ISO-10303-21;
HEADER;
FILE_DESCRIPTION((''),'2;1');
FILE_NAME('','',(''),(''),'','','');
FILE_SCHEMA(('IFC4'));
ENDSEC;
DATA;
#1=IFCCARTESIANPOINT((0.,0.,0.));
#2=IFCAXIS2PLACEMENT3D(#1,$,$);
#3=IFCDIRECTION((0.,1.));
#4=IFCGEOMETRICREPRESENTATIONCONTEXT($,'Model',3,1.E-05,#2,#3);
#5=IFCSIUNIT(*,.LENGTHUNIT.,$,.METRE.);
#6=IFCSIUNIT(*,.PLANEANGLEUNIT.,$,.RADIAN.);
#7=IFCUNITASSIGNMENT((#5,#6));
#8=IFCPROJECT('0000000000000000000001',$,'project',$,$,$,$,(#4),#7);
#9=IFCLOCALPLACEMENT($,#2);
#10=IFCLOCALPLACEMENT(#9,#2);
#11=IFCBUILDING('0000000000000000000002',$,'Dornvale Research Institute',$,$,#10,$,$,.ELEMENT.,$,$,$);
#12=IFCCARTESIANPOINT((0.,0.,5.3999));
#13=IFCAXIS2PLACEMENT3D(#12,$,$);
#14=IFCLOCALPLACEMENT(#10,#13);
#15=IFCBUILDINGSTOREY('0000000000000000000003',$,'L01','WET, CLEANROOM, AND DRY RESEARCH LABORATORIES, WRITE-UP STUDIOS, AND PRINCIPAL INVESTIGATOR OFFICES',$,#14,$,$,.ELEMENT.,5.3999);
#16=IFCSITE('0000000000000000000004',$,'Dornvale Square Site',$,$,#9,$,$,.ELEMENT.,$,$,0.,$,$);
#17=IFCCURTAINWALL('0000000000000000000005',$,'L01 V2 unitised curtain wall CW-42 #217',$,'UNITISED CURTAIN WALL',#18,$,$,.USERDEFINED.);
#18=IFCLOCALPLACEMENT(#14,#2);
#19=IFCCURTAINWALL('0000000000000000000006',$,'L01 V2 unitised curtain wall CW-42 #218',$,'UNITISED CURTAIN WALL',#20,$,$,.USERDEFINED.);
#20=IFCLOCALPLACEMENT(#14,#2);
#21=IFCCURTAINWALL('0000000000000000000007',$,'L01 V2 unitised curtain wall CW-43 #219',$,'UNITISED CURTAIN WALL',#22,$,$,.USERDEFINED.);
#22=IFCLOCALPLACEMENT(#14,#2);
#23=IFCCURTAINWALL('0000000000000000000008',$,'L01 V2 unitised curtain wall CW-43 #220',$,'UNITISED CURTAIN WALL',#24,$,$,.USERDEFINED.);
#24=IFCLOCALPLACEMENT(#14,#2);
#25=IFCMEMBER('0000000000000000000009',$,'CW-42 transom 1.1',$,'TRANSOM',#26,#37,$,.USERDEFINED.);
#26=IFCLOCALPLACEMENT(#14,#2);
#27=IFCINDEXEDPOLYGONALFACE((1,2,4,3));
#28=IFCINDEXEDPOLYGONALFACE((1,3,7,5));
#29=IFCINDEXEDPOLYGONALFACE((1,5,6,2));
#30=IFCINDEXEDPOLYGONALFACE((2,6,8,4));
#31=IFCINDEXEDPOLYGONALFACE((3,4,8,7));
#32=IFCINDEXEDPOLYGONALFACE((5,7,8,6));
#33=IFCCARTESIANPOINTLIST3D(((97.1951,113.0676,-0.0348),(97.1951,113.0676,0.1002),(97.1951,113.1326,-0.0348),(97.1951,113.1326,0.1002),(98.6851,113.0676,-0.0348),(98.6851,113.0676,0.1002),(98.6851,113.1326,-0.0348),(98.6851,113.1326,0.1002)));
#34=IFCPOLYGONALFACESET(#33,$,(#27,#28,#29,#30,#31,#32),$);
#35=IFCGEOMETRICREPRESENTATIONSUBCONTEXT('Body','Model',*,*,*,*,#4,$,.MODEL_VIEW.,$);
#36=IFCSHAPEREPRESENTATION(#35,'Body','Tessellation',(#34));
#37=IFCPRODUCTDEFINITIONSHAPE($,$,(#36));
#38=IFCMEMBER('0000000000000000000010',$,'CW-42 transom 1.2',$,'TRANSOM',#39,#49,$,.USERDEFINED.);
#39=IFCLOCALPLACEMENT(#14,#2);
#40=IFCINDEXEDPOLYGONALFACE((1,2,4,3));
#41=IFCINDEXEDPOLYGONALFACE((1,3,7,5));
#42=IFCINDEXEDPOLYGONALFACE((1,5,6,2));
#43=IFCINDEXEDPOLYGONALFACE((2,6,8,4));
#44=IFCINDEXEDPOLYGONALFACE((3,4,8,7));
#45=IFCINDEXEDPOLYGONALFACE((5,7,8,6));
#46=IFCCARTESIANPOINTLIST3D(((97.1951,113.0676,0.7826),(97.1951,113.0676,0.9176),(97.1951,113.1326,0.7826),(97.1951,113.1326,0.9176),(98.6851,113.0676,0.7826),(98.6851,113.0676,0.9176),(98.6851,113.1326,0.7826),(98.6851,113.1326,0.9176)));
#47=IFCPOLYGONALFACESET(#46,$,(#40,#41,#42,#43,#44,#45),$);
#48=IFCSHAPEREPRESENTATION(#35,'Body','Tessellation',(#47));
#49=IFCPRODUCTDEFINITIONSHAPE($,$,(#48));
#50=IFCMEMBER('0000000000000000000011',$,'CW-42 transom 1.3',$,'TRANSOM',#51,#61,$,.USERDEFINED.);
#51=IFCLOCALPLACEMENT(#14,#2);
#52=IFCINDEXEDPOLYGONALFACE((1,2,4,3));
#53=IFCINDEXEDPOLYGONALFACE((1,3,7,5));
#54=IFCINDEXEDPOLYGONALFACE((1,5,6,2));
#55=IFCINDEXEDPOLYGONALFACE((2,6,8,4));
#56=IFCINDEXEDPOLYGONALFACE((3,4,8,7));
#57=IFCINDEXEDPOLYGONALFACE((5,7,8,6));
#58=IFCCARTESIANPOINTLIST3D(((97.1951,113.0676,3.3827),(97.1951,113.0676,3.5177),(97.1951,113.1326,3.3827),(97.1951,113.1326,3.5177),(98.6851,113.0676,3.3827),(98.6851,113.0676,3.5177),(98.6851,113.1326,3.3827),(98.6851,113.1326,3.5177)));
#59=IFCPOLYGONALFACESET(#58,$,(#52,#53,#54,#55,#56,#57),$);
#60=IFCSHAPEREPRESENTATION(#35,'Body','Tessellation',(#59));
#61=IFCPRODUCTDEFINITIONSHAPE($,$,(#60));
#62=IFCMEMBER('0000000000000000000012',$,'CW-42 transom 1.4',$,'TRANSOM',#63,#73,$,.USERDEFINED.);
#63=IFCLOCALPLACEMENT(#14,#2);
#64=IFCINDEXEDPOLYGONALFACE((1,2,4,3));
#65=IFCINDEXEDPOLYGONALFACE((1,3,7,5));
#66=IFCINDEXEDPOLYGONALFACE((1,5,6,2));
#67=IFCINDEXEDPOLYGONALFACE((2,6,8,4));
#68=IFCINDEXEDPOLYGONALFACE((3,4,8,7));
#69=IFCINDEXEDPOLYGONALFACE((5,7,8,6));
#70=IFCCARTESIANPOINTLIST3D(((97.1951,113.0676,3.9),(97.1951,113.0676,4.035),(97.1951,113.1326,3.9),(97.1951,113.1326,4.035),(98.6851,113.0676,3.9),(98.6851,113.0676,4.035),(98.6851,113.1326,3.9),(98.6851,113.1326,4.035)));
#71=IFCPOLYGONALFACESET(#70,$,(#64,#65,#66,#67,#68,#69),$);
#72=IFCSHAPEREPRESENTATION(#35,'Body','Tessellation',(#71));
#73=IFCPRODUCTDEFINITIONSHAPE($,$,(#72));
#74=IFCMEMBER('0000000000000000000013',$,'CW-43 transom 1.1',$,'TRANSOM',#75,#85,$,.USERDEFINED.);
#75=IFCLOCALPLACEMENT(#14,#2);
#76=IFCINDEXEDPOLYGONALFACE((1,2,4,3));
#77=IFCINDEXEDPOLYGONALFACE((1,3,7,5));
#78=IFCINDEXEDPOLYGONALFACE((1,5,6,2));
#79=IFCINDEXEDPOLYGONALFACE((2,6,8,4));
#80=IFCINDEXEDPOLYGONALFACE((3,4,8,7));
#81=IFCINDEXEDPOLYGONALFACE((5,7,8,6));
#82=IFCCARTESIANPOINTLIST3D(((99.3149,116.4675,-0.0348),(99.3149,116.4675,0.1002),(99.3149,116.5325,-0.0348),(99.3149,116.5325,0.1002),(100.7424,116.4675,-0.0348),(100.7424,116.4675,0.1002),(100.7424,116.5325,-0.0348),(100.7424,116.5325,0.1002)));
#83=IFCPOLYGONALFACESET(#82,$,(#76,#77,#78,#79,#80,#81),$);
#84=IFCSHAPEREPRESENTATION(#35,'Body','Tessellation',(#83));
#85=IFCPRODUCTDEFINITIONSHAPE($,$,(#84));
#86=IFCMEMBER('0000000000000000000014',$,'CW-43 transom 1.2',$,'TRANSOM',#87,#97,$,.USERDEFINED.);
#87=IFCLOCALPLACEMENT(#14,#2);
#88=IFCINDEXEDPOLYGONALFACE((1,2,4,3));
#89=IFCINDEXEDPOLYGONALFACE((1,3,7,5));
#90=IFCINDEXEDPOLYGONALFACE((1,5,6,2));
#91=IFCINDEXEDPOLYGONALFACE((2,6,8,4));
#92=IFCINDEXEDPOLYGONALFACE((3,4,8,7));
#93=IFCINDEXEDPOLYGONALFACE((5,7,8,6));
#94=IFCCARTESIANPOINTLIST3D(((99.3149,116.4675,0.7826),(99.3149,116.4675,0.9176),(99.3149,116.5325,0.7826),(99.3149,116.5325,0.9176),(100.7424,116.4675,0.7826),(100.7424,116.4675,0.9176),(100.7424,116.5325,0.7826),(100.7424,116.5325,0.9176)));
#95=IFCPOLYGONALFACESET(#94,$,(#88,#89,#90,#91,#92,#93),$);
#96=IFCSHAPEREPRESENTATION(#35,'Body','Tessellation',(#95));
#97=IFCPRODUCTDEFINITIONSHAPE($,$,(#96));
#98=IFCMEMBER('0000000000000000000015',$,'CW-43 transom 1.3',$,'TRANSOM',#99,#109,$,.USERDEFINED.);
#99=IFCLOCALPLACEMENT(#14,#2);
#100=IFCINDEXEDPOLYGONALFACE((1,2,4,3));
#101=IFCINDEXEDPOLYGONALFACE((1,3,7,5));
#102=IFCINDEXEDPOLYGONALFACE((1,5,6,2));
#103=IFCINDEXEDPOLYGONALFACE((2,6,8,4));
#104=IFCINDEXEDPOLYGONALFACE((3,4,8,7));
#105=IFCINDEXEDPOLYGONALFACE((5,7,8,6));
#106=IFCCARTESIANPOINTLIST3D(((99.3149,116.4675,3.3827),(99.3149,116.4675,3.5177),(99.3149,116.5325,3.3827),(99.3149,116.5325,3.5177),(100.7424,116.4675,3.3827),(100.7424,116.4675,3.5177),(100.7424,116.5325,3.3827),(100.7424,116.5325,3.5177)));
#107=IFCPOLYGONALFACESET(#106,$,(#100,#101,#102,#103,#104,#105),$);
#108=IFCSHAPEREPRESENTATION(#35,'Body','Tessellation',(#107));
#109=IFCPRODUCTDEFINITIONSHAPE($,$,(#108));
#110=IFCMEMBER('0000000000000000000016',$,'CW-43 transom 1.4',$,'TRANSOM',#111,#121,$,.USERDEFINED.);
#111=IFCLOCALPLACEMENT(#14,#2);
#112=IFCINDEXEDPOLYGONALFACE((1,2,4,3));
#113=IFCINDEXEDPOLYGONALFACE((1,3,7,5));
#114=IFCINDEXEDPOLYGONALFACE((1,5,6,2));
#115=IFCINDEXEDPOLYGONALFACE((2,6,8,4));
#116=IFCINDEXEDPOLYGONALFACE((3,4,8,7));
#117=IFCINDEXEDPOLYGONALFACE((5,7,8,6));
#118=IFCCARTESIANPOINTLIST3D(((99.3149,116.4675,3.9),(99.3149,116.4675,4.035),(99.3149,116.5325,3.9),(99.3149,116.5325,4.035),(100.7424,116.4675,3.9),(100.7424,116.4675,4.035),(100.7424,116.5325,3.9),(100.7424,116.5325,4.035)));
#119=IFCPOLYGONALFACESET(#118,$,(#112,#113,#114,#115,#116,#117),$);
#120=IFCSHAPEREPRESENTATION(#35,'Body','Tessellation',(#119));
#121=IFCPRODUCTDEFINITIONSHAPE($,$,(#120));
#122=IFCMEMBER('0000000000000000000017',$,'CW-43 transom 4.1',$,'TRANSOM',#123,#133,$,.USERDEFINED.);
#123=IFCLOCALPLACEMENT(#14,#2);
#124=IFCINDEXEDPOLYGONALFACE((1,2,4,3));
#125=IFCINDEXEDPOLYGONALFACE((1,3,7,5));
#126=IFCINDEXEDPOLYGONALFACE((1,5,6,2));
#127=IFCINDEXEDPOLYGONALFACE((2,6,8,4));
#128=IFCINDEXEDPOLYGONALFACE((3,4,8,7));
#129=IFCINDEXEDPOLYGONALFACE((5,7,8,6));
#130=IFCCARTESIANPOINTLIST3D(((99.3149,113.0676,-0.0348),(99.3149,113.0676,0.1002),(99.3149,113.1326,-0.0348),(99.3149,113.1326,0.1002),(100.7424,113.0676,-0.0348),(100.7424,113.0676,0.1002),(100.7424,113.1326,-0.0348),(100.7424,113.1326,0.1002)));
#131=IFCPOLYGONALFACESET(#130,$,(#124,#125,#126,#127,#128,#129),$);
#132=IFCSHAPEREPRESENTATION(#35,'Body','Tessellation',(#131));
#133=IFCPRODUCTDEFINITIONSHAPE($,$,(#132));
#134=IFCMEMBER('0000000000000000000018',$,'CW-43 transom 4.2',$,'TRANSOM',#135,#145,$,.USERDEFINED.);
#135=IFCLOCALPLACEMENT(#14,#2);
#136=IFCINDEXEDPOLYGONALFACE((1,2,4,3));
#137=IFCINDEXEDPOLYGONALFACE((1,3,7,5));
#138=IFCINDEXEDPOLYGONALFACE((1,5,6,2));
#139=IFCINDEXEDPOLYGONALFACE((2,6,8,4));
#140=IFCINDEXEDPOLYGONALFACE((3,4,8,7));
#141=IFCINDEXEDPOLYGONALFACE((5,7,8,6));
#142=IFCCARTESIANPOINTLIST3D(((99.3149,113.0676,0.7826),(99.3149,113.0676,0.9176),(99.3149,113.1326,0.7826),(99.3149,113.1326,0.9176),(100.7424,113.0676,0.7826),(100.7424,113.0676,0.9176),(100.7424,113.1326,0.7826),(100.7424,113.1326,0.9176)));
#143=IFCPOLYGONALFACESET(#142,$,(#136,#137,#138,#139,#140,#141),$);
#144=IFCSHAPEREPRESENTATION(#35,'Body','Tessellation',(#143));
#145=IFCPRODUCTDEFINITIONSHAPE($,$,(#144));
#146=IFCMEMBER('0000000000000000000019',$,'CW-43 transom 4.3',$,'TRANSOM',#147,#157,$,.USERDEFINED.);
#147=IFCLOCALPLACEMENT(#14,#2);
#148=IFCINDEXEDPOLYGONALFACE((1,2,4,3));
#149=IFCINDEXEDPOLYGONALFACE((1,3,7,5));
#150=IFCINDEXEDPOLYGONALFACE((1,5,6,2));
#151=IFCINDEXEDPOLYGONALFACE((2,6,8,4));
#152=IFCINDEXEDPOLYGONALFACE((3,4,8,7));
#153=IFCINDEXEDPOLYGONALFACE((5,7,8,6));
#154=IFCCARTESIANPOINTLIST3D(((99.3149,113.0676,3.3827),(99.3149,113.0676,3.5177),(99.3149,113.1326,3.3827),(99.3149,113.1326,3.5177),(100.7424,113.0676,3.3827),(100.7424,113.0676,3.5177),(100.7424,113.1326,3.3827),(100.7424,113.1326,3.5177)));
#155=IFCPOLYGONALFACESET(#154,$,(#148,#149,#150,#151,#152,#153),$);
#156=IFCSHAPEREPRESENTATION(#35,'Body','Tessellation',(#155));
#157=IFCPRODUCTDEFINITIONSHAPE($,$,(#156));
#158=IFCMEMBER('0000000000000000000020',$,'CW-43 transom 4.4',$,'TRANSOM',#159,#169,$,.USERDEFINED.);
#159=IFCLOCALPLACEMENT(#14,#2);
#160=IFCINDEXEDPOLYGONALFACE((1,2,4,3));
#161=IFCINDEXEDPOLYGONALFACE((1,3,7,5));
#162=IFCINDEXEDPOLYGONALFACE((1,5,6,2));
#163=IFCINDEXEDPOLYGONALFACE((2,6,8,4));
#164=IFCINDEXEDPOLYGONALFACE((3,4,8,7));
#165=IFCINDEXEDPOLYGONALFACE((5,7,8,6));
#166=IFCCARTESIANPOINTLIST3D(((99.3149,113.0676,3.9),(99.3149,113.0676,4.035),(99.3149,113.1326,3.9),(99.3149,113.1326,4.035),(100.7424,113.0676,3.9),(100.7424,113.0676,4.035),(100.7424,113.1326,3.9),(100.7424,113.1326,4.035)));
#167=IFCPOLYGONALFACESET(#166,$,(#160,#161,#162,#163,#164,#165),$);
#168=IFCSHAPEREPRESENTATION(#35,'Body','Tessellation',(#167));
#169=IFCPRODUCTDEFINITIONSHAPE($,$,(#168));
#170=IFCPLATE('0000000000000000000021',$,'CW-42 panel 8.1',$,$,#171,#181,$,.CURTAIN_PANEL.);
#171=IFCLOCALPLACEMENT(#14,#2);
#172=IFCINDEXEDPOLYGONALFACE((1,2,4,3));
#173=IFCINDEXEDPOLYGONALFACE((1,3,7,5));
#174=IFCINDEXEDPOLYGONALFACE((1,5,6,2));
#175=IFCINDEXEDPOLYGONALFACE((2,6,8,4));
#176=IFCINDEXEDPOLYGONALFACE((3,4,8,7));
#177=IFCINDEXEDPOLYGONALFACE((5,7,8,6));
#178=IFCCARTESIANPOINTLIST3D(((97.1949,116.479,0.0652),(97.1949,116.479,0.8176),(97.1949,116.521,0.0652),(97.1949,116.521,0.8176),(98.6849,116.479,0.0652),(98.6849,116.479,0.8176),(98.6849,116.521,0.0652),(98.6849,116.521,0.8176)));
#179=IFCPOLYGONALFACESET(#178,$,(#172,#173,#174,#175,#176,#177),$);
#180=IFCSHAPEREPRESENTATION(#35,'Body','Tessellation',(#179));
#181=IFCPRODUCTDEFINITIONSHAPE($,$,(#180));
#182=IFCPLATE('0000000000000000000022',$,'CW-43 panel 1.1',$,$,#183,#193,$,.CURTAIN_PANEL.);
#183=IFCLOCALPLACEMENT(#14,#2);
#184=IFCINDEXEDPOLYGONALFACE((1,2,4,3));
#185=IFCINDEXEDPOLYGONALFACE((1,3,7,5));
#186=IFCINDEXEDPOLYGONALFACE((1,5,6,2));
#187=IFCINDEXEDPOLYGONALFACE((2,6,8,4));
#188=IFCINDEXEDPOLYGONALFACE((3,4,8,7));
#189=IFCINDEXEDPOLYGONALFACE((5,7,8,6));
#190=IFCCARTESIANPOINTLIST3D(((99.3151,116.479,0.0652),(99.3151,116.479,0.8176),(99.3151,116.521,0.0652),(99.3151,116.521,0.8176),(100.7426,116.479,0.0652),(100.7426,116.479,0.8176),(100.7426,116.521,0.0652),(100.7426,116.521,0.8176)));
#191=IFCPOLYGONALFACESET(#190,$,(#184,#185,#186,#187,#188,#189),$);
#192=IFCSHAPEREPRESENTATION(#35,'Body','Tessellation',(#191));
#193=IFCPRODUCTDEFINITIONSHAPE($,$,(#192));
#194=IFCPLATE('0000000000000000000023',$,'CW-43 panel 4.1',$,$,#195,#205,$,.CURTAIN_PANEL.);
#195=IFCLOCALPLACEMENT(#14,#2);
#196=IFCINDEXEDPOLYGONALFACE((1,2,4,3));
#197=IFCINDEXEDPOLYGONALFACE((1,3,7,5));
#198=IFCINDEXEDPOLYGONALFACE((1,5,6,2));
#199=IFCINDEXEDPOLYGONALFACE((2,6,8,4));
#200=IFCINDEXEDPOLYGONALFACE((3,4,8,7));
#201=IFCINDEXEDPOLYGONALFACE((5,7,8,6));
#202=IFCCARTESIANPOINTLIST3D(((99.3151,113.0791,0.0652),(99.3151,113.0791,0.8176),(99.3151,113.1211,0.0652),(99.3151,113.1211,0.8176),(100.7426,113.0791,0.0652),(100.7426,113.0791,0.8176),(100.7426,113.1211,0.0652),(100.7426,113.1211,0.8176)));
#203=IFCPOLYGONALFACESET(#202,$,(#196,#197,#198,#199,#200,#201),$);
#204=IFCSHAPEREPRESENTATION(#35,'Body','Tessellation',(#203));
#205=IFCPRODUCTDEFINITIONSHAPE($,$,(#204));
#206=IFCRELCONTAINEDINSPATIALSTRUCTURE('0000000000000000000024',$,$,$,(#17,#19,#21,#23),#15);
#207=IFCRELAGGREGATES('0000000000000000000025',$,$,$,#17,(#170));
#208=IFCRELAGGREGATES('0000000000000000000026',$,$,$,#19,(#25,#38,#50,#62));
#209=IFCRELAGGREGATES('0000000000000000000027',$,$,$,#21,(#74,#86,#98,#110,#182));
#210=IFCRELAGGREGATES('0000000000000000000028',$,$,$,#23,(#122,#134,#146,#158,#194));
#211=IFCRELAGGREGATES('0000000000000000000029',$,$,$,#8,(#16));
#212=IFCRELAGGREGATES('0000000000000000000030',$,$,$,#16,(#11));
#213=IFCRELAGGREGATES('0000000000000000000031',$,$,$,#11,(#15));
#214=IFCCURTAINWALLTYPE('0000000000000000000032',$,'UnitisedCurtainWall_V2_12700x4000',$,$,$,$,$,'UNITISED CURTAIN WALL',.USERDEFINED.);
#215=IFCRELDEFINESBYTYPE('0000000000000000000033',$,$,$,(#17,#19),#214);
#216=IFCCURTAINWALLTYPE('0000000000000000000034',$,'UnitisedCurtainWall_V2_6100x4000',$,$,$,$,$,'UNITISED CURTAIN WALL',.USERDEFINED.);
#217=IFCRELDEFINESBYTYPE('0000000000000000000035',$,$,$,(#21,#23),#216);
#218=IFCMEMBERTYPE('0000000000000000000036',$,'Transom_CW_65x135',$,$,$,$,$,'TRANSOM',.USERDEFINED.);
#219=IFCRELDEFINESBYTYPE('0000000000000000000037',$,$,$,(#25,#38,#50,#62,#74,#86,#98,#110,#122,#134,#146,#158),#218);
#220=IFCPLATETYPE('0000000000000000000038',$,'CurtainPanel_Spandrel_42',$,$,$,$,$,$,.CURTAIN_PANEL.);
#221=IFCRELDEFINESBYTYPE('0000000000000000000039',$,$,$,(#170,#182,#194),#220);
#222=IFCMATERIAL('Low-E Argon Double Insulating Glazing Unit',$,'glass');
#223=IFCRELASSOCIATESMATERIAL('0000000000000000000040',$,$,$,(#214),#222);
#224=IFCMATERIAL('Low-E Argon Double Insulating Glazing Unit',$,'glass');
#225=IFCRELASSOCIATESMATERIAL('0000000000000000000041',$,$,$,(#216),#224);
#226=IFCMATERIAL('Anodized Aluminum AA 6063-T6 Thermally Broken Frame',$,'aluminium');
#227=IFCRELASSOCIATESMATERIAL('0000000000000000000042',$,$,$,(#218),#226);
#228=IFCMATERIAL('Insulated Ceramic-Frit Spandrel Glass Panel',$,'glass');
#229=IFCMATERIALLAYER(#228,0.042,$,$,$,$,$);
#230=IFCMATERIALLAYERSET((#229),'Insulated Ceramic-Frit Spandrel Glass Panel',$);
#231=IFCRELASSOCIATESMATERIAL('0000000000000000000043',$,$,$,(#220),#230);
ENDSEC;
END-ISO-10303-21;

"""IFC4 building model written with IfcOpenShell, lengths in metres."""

from ifc_helpers import new_model, si_unit, direction, frame, origin, origin_2d, place, context, subcontext, project, spatial, rectangle, extrude, material, layer, layer_set, material_profile, profile_set, type_object, element, aggregate, save


model = new_model("IFC4")

# Units and contexts
model_context = context("Model", 3, precision=1e-05, world=origin(), true_north=direction((0.0, 1.0)))
body_context = subcontext(model_context, "Body", "Model", "MODEL_VIEW")
ifc_project = project(units=[si_unit("LENGTHUNIT", "METRE"), si_unit("PLANEANGLEUNIT", "RADIAN")], contexts=[model_context])

# Site, building, storey
site_placement = place(None, origin())
site = spatial("IfcSite", under=ifc_project, at=site_placement, Name="Dornvale Square Site", CompositionType="ELEMENT", RefElevation=0.0)
building_placement = place(site_placement, origin())
building = spatial("IfcBuilding", under=site, at=building_placement, Name="Dornvale Research Institute", CompositionType="ELEMENT")
storey_placement = place(building_placement, frame((0.0, 0.0, 5.3999)))
storey = spatial("IfcBuildingStorey", under=building, at=storey_placement, Name="L01", Description="WET, CLEANROOM, AND DRY RESEARCH LABORATORIES, WRITE-UP STUDIOS, AND PRINCIPAL INVESTIGATOR OFFICES", CompositionType="ELEMENT", Elevation=5.3999)

# Curtain walls
ifc_material_1 = material(Name="Low-E Argon Double Insulating Glazing Unit", Category="glass")
curtain_wall_type_1 = type_object("IfcCurtainWallType", Name="UnitisedCurtainWall_V2_12700x4000", ElementType="UNITISED CURTAIN WALL", PredefinedType="USERDEFINED", material=ifc_material_1)
curtain_wall_1_placement = place(storey_placement, origin())
curtain_wall_1 = element("IfcCurtainWall", 1, at=curtain_wall_1_placement, inside=storey, type_object=curtain_wall_type_1, Name="L01 V2 unitised curtain wall CW-42 #217", ObjectType="UNITISED CURTAIN WALL", PredefinedType="USERDEFINED")
curtain_wall_2_placement = place(storey_placement, origin())
curtain_wall_2 = element("IfcCurtainWall", 2, at=curtain_wall_2_placement, inside=storey, type_object=curtain_wall_type_1, Name="L01 V2 unitised curtain wall CW-42 #218", ObjectType="UNITISED CURTAIN WALL", PredefinedType="USERDEFINED")

# Curtain walls
ifc_material_2 = material(Name="Low-E Argon Double Insulating Glazing Unit", Category="glass")
curtain_wall_type_2 = type_object("IfcCurtainWallType", Name="UnitisedCurtainWall_V2_6100x4000", ElementType="UNITISED CURTAIN WALL", PredefinedType="USERDEFINED", material=ifc_material_2)
curtain_wall_3_placement = place(storey_placement, origin())
curtain_wall_3 = element("IfcCurtainWall", 3, at=curtain_wall_3_placement, inside=storey, type_object=curtain_wall_type_2, Name="L01 V2 unitised curtain wall CW-43 #219", ObjectType="UNITISED CURTAIN WALL", PredefinedType="USERDEFINED")
curtain_wall_4_placement = place(storey_placement, origin())
curtain_wall_4 = element("IfcCurtainWall", 4, at=curtain_wall_4_placement, inside=storey, type_object=curtain_wall_type_2, Name="L01 V2 unitised curtain wall CW-43 #220", ObjectType="UNITISED CURTAIN WALL", PredefinedType="USERDEFINED")

# Members
ifc_material_3 = material(Name="Anodized Aluminum AA 6063-T6 Thermally Broken Frame", Category="aluminium")
ifc_material_profile_1 = material_profile(ifc_material_3, rectangle(XDim=0.0649, YDim=0.135, at=origin_2d()), Name="ALU TRANSOM 65x135")
ifc_profile_set_1 = profile_set([ifc_material_profile_1], Name="Anodized Aluminum AA 6063-T6 Thermally Broken Frame")
member_type_1 = type_object("IfcMemberType", Name="Transom_CW_65x135", ElementType="TRANSOM", PredefinedType="USERDEFINED", material=ifc_profile_set_1)
member_1_placement = place(storey_placement, frame((98.6851, 113.1001, 0.0327), z_axis=(-1.0, 0.0, 0.0), x_axis=(0.0, -1.0, 0.0)))
member_1 = element("IfcMember", 5, at=member_1_placement, type_object=member_type_1, Name="CW-42 transom 1.1", ObjectType="TRANSOM", PredefinedType="USERDEFINED", context=body_context, shape_type="SweptSolid", body=[
    extrude(rectangle(XDim=0.0649, YDim=0.135, at=origin_2d()), origin(), (0.0, 0.0, 1.0), 1.49),
])
member_2_placement = place(storey_placement, frame((98.6851, 113.1001, 0.8501), z_axis=(-1.0, 0.0, 0.0), x_axis=(0.0, -1.0, 0.0)))
member_2 = element("IfcMember", 6, at=member_2_placement, type_object=member_type_1, Name="CW-42 transom 1.2", ObjectType="TRANSOM", PredefinedType="USERDEFINED", context=body_context, shape_type="SweptSolid", body=[
    extrude(rectangle(XDim=0.0649, YDim=0.135, at=origin_2d()), origin(), (0.0, 0.0, 1.0), 1.49),
])
member_3_placement = place(storey_placement, frame((98.6851, 113.1001, 3.4502), z_axis=(-1.0, 0.0, 0.0), x_axis=(0.0, -1.0, 0.0)))
member_3 = element("IfcMember", 7, at=member_3_placement, type_object=member_type_1, Name="CW-42 transom 1.3", ObjectType="TRANSOM", PredefinedType="USERDEFINED", context=body_context, shape_type="SweptSolid", body=[
    extrude(rectangle(XDim=0.0649, YDim=0.135, at=origin_2d()), origin(), (0.0, 0.0, 1.0), 1.49),
])
member_4_placement = place(storey_placement, frame((98.6851, 113.1001, 3.9675), z_axis=(-1.0, 0.0, 0.0), x_axis=(0.0, -1.0, 0.0)))
member_4 = element("IfcMember", 8, at=member_4_placement, type_object=member_type_1, Name="CW-42 transom 1.4", ObjectType="TRANSOM", PredefinedType="USERDEFINED", context=body_context, shape_type="SweptSolid", body=[
    extrude(rectangle(XDim=0.0649, YDim=0.135, at=origin_2d()), origin(), (0.0, 0.0, 1.0), 1.49),
])
member_5_placement = place(storey_placement, frame((99.3149, 116.5, 0.0327), z_axis=(1.0, 0.0, 0.0), x_axis=(0.0, 1.0, 0.0)))
member_5 = element("IfcMember", 9, at=member_5_placement, type_object=member_type_1, Name="CW-43 transom 1.1", ObjectType="TRANSOM", PredefinedType="USERDEFINED", context=body_context, shape_type="SweptSolid", body=[
    extrude(rectangle(XDim=0.0649, YDim=0.135, at=origin_2d()), origin(), (0.0, 0.0, 1.0), 1.4275),
])
member_6_placement = place(storey_placement, frame((99.3149, 116.5, 0.8501), z_axis=(1.0, 0.0, 0.0), x_axis=(0.0, 1.0, 0.0)))
member_6 = element("IfcMember", 10, at=member_6_placement, type_object=member_type_1, Name="CW-43 transom 1.2", ObjectType="TRANSOM", PredefinedType="USERDEFINED", context=body_context, shape_type="SweptSolid", body=[
    extrude(rectangle(XDim=0.0649, YDim=0.135, at=origin_2d()), origin(), (0.0, 0.0, 1.0), 1.4275),
])
member_7_placement = place(storey_placement, frame((99.3149, 116.5, 3.4502), z_axis=(1.0, 0.0, 0.0), x_axis=(0.0, 1.0, 0.0)))
member_7 = element("IfcMember", 11, at=member_7_placement, type_object=member_type_1, Name="CW-43 transom 1.3", ObjectType="TRANSOM", PredefinedType="USERDEFINED", context=body_context, shape_type="SweptSolid", body=[
    extrude(rectangle(XDim=0.0649, YDim=0.135, at=origin_2d()), origin(), (0.0, 0.0, 1.0), 1.4275),
])
member_8_placement = place(storey_placement, frame((99.3149, 116.5, 3.9675), z_axis=(1.0, 0.0, 0.0), x_axis=(0.0, 1.0, 0.0)))
member_8 = element("IfcMember", 12, at=member_8_placement, type_object=member_type_1, Name="CW-43 transom 1.4", ObjectType="TRANSOM", PredefinedType="USERDEFINED", context=body_context, shape_type="SweptSolid", body=[
    extrude(rectangle(XDim=0.0649, YDim=0.135, at=origin_2d()), origin(), (0.0, 0.0, 1.0), 1.4275),
])
member_9_placement = place(storey_placement, frame((100.7424, 113.1001, 0.0327), z_axis=(-1.0, 0.0, 0.0), x_axis=(0.0, -1.0, 0.0)))
member_9 = element("IfcMember", 13, at=member_9_placement, type_object=member_type_1, Name="CW-43 transom 4.1", ObjectType="TRANSOM", PredefinedType="USERDEFINED", context=body_context, shape_type="SweptSolid", body=[
    extrude(rectangle(XDim=0.0649, YDim=0.135, at=origin_2d()), origin(), (0.0, 0.0, 1.0), 1.4275),
])
member_10_placement = place(storey_placement, frame((100.7424, 113.1001, 0.8501), z_axis=(-1.0, 0.0, 0.0), x_axis=(0.0, -1.0, 0.0)))
member_10 = element("IfcMember", 14, at=member_10_placement, type_object=member_type_1, Name="CW-43 transom 4.2", ObjectType="TRANSOM", PredefinedType="USERDEFINED", context=body_context, shape_type="SweptSolid", body=[
    extrude(rectangle(XDim=0.0649, YDim=0.135, at=origin_2d()), origin(), (0.0, 0.0, 1.0), 1.4275),
])
member_11_placement = place(storey_placement, frame((100.7424, 113.1001, 3.4502), z_axis=(-1.0, 0.0, 0.0), x_axis=(0.0, -1.0, 0.0)))
member_11 = element("IfcMember", 15, at=member_11_placement, type_object=member_type_1, Name="CW-43 transom 4.3", ObjectType="TRANSOM", PredefinedType="USERDEFINED", context=body_context, shape_type="SweptSolid", body=[
    extrude(rectangle(XDim=0.0649, YDim=0.135, at=origin_2d()), origin(), (0.0, 0.0, 1.0), 1.4275),
])
member_12_placement = place(storey_placement, frame((100.7424, 113.1001, 3.9675), z_axis=(-1.0, 0.0, 0.0), x_axis=(0.0, -1.0, 0.0)))
member_12 = element("IfcMember", 16, at=member_12_placement, type_object=member_type_1, Name="CW-43 transom 4.4", ObjectType="TRANSOM", PredefinedType="USERDEFINED", context=body_context, shape_type="SweptSolid", body=[
    extrude(rectangle(XDim=0.0649, YDim=0.135, at=origin_2d()), origin(), (0.0, 0.0, 1.0), 1.4275),
])

# Plates
ifc_material_4 = material(Name="Insulated Ceramic-Frit Spandrel Glass Panel", Category="glass")
ifc_layer_1 = layer(ifc_material_4, 0.042)
ifc_layer_set_1 = layer_set([ifc_layer_1], Name="Insulated Ceramic-Frit Spandrel Glass Panel")
plate_type_1 = type_object("IfcPlateType", Name="CurtainPanel_Spandrel_42", PredefinedType="CURTAIN_PANEL", material=ifc_layer_set_1)
plate_1_placement = place(storey_placement, frame((97.9399, 116.5, 0.0652), z_axis=(0.0, 0.0, 1.0), x_axis=(1.0, 0.0, 0.0)))
plate_1 = element("IfcPlate", 17, at=plate_1_placement, type_object=plate_type_1, Name="CW-42 panel 8.1", PredefinedType="CURTAIN_PANEL", context=body_context, shape_type="SweptSolid", body=[
    extrude(rectangle(XDim=1.49, YDim=0.042, at=origin_2d()), origin(), (0.0, 0.0, 1.0), 0.7524),
])
plate_2_placement = place(storey_placement, frame((100.0288, 116.5, 0.0652), z_axis=(0.0, 0.0, 1.0), x_axis=(1.0, 0.0, 0.0)))
plate_2 = element("IfcPlate", 18, at=plate_2_placement, type_object=plate_type_1, Name="CW-43 panel 1.1", PredefinedType="CURTAIN_PANEL", context=body_context, shape_type="SweptSolid", body=[
    extrude(rectangle(XDim=1.4275, YDim=0.042, at=origin_2d()), origin(), (0.0, 0.0, 1.0), 0.7524),
])
plate_3_placement = place(storey_placement, frame((100.0288, 113.1001, 0.0652), z_axis=(0.0, 0.0, 1.0), x_axis=(-1.0, 0.0, 0.0)))
plate_3 = element("IfcPlate", 19, at=plate_3_placement, type_object=plate_type_1, Name="CW-43 panel 4.1", PredefinedType="CURTAIN_PANEL", context=body_context, shape_type="SweptSolid", body=[
    extrude(rectangle(XDim=1.4275, YDim=0.042, at=origin_2d()), origin(), (0.0, 0.0, 1.0), 0.7524),
])
aggregate(curtain_wall_1, [plate_1])
aggregate(curtain_wall_2, [member_1, member_2, member_3, member_4])
aggregate(curtain_wall_3, [member_5, member_6, member_7, member_8, plate_2])
aggregate(curtain_wall_4, [member_9, member_10, member_11, member_12, plate_3])

save(model, "model.ifc")
